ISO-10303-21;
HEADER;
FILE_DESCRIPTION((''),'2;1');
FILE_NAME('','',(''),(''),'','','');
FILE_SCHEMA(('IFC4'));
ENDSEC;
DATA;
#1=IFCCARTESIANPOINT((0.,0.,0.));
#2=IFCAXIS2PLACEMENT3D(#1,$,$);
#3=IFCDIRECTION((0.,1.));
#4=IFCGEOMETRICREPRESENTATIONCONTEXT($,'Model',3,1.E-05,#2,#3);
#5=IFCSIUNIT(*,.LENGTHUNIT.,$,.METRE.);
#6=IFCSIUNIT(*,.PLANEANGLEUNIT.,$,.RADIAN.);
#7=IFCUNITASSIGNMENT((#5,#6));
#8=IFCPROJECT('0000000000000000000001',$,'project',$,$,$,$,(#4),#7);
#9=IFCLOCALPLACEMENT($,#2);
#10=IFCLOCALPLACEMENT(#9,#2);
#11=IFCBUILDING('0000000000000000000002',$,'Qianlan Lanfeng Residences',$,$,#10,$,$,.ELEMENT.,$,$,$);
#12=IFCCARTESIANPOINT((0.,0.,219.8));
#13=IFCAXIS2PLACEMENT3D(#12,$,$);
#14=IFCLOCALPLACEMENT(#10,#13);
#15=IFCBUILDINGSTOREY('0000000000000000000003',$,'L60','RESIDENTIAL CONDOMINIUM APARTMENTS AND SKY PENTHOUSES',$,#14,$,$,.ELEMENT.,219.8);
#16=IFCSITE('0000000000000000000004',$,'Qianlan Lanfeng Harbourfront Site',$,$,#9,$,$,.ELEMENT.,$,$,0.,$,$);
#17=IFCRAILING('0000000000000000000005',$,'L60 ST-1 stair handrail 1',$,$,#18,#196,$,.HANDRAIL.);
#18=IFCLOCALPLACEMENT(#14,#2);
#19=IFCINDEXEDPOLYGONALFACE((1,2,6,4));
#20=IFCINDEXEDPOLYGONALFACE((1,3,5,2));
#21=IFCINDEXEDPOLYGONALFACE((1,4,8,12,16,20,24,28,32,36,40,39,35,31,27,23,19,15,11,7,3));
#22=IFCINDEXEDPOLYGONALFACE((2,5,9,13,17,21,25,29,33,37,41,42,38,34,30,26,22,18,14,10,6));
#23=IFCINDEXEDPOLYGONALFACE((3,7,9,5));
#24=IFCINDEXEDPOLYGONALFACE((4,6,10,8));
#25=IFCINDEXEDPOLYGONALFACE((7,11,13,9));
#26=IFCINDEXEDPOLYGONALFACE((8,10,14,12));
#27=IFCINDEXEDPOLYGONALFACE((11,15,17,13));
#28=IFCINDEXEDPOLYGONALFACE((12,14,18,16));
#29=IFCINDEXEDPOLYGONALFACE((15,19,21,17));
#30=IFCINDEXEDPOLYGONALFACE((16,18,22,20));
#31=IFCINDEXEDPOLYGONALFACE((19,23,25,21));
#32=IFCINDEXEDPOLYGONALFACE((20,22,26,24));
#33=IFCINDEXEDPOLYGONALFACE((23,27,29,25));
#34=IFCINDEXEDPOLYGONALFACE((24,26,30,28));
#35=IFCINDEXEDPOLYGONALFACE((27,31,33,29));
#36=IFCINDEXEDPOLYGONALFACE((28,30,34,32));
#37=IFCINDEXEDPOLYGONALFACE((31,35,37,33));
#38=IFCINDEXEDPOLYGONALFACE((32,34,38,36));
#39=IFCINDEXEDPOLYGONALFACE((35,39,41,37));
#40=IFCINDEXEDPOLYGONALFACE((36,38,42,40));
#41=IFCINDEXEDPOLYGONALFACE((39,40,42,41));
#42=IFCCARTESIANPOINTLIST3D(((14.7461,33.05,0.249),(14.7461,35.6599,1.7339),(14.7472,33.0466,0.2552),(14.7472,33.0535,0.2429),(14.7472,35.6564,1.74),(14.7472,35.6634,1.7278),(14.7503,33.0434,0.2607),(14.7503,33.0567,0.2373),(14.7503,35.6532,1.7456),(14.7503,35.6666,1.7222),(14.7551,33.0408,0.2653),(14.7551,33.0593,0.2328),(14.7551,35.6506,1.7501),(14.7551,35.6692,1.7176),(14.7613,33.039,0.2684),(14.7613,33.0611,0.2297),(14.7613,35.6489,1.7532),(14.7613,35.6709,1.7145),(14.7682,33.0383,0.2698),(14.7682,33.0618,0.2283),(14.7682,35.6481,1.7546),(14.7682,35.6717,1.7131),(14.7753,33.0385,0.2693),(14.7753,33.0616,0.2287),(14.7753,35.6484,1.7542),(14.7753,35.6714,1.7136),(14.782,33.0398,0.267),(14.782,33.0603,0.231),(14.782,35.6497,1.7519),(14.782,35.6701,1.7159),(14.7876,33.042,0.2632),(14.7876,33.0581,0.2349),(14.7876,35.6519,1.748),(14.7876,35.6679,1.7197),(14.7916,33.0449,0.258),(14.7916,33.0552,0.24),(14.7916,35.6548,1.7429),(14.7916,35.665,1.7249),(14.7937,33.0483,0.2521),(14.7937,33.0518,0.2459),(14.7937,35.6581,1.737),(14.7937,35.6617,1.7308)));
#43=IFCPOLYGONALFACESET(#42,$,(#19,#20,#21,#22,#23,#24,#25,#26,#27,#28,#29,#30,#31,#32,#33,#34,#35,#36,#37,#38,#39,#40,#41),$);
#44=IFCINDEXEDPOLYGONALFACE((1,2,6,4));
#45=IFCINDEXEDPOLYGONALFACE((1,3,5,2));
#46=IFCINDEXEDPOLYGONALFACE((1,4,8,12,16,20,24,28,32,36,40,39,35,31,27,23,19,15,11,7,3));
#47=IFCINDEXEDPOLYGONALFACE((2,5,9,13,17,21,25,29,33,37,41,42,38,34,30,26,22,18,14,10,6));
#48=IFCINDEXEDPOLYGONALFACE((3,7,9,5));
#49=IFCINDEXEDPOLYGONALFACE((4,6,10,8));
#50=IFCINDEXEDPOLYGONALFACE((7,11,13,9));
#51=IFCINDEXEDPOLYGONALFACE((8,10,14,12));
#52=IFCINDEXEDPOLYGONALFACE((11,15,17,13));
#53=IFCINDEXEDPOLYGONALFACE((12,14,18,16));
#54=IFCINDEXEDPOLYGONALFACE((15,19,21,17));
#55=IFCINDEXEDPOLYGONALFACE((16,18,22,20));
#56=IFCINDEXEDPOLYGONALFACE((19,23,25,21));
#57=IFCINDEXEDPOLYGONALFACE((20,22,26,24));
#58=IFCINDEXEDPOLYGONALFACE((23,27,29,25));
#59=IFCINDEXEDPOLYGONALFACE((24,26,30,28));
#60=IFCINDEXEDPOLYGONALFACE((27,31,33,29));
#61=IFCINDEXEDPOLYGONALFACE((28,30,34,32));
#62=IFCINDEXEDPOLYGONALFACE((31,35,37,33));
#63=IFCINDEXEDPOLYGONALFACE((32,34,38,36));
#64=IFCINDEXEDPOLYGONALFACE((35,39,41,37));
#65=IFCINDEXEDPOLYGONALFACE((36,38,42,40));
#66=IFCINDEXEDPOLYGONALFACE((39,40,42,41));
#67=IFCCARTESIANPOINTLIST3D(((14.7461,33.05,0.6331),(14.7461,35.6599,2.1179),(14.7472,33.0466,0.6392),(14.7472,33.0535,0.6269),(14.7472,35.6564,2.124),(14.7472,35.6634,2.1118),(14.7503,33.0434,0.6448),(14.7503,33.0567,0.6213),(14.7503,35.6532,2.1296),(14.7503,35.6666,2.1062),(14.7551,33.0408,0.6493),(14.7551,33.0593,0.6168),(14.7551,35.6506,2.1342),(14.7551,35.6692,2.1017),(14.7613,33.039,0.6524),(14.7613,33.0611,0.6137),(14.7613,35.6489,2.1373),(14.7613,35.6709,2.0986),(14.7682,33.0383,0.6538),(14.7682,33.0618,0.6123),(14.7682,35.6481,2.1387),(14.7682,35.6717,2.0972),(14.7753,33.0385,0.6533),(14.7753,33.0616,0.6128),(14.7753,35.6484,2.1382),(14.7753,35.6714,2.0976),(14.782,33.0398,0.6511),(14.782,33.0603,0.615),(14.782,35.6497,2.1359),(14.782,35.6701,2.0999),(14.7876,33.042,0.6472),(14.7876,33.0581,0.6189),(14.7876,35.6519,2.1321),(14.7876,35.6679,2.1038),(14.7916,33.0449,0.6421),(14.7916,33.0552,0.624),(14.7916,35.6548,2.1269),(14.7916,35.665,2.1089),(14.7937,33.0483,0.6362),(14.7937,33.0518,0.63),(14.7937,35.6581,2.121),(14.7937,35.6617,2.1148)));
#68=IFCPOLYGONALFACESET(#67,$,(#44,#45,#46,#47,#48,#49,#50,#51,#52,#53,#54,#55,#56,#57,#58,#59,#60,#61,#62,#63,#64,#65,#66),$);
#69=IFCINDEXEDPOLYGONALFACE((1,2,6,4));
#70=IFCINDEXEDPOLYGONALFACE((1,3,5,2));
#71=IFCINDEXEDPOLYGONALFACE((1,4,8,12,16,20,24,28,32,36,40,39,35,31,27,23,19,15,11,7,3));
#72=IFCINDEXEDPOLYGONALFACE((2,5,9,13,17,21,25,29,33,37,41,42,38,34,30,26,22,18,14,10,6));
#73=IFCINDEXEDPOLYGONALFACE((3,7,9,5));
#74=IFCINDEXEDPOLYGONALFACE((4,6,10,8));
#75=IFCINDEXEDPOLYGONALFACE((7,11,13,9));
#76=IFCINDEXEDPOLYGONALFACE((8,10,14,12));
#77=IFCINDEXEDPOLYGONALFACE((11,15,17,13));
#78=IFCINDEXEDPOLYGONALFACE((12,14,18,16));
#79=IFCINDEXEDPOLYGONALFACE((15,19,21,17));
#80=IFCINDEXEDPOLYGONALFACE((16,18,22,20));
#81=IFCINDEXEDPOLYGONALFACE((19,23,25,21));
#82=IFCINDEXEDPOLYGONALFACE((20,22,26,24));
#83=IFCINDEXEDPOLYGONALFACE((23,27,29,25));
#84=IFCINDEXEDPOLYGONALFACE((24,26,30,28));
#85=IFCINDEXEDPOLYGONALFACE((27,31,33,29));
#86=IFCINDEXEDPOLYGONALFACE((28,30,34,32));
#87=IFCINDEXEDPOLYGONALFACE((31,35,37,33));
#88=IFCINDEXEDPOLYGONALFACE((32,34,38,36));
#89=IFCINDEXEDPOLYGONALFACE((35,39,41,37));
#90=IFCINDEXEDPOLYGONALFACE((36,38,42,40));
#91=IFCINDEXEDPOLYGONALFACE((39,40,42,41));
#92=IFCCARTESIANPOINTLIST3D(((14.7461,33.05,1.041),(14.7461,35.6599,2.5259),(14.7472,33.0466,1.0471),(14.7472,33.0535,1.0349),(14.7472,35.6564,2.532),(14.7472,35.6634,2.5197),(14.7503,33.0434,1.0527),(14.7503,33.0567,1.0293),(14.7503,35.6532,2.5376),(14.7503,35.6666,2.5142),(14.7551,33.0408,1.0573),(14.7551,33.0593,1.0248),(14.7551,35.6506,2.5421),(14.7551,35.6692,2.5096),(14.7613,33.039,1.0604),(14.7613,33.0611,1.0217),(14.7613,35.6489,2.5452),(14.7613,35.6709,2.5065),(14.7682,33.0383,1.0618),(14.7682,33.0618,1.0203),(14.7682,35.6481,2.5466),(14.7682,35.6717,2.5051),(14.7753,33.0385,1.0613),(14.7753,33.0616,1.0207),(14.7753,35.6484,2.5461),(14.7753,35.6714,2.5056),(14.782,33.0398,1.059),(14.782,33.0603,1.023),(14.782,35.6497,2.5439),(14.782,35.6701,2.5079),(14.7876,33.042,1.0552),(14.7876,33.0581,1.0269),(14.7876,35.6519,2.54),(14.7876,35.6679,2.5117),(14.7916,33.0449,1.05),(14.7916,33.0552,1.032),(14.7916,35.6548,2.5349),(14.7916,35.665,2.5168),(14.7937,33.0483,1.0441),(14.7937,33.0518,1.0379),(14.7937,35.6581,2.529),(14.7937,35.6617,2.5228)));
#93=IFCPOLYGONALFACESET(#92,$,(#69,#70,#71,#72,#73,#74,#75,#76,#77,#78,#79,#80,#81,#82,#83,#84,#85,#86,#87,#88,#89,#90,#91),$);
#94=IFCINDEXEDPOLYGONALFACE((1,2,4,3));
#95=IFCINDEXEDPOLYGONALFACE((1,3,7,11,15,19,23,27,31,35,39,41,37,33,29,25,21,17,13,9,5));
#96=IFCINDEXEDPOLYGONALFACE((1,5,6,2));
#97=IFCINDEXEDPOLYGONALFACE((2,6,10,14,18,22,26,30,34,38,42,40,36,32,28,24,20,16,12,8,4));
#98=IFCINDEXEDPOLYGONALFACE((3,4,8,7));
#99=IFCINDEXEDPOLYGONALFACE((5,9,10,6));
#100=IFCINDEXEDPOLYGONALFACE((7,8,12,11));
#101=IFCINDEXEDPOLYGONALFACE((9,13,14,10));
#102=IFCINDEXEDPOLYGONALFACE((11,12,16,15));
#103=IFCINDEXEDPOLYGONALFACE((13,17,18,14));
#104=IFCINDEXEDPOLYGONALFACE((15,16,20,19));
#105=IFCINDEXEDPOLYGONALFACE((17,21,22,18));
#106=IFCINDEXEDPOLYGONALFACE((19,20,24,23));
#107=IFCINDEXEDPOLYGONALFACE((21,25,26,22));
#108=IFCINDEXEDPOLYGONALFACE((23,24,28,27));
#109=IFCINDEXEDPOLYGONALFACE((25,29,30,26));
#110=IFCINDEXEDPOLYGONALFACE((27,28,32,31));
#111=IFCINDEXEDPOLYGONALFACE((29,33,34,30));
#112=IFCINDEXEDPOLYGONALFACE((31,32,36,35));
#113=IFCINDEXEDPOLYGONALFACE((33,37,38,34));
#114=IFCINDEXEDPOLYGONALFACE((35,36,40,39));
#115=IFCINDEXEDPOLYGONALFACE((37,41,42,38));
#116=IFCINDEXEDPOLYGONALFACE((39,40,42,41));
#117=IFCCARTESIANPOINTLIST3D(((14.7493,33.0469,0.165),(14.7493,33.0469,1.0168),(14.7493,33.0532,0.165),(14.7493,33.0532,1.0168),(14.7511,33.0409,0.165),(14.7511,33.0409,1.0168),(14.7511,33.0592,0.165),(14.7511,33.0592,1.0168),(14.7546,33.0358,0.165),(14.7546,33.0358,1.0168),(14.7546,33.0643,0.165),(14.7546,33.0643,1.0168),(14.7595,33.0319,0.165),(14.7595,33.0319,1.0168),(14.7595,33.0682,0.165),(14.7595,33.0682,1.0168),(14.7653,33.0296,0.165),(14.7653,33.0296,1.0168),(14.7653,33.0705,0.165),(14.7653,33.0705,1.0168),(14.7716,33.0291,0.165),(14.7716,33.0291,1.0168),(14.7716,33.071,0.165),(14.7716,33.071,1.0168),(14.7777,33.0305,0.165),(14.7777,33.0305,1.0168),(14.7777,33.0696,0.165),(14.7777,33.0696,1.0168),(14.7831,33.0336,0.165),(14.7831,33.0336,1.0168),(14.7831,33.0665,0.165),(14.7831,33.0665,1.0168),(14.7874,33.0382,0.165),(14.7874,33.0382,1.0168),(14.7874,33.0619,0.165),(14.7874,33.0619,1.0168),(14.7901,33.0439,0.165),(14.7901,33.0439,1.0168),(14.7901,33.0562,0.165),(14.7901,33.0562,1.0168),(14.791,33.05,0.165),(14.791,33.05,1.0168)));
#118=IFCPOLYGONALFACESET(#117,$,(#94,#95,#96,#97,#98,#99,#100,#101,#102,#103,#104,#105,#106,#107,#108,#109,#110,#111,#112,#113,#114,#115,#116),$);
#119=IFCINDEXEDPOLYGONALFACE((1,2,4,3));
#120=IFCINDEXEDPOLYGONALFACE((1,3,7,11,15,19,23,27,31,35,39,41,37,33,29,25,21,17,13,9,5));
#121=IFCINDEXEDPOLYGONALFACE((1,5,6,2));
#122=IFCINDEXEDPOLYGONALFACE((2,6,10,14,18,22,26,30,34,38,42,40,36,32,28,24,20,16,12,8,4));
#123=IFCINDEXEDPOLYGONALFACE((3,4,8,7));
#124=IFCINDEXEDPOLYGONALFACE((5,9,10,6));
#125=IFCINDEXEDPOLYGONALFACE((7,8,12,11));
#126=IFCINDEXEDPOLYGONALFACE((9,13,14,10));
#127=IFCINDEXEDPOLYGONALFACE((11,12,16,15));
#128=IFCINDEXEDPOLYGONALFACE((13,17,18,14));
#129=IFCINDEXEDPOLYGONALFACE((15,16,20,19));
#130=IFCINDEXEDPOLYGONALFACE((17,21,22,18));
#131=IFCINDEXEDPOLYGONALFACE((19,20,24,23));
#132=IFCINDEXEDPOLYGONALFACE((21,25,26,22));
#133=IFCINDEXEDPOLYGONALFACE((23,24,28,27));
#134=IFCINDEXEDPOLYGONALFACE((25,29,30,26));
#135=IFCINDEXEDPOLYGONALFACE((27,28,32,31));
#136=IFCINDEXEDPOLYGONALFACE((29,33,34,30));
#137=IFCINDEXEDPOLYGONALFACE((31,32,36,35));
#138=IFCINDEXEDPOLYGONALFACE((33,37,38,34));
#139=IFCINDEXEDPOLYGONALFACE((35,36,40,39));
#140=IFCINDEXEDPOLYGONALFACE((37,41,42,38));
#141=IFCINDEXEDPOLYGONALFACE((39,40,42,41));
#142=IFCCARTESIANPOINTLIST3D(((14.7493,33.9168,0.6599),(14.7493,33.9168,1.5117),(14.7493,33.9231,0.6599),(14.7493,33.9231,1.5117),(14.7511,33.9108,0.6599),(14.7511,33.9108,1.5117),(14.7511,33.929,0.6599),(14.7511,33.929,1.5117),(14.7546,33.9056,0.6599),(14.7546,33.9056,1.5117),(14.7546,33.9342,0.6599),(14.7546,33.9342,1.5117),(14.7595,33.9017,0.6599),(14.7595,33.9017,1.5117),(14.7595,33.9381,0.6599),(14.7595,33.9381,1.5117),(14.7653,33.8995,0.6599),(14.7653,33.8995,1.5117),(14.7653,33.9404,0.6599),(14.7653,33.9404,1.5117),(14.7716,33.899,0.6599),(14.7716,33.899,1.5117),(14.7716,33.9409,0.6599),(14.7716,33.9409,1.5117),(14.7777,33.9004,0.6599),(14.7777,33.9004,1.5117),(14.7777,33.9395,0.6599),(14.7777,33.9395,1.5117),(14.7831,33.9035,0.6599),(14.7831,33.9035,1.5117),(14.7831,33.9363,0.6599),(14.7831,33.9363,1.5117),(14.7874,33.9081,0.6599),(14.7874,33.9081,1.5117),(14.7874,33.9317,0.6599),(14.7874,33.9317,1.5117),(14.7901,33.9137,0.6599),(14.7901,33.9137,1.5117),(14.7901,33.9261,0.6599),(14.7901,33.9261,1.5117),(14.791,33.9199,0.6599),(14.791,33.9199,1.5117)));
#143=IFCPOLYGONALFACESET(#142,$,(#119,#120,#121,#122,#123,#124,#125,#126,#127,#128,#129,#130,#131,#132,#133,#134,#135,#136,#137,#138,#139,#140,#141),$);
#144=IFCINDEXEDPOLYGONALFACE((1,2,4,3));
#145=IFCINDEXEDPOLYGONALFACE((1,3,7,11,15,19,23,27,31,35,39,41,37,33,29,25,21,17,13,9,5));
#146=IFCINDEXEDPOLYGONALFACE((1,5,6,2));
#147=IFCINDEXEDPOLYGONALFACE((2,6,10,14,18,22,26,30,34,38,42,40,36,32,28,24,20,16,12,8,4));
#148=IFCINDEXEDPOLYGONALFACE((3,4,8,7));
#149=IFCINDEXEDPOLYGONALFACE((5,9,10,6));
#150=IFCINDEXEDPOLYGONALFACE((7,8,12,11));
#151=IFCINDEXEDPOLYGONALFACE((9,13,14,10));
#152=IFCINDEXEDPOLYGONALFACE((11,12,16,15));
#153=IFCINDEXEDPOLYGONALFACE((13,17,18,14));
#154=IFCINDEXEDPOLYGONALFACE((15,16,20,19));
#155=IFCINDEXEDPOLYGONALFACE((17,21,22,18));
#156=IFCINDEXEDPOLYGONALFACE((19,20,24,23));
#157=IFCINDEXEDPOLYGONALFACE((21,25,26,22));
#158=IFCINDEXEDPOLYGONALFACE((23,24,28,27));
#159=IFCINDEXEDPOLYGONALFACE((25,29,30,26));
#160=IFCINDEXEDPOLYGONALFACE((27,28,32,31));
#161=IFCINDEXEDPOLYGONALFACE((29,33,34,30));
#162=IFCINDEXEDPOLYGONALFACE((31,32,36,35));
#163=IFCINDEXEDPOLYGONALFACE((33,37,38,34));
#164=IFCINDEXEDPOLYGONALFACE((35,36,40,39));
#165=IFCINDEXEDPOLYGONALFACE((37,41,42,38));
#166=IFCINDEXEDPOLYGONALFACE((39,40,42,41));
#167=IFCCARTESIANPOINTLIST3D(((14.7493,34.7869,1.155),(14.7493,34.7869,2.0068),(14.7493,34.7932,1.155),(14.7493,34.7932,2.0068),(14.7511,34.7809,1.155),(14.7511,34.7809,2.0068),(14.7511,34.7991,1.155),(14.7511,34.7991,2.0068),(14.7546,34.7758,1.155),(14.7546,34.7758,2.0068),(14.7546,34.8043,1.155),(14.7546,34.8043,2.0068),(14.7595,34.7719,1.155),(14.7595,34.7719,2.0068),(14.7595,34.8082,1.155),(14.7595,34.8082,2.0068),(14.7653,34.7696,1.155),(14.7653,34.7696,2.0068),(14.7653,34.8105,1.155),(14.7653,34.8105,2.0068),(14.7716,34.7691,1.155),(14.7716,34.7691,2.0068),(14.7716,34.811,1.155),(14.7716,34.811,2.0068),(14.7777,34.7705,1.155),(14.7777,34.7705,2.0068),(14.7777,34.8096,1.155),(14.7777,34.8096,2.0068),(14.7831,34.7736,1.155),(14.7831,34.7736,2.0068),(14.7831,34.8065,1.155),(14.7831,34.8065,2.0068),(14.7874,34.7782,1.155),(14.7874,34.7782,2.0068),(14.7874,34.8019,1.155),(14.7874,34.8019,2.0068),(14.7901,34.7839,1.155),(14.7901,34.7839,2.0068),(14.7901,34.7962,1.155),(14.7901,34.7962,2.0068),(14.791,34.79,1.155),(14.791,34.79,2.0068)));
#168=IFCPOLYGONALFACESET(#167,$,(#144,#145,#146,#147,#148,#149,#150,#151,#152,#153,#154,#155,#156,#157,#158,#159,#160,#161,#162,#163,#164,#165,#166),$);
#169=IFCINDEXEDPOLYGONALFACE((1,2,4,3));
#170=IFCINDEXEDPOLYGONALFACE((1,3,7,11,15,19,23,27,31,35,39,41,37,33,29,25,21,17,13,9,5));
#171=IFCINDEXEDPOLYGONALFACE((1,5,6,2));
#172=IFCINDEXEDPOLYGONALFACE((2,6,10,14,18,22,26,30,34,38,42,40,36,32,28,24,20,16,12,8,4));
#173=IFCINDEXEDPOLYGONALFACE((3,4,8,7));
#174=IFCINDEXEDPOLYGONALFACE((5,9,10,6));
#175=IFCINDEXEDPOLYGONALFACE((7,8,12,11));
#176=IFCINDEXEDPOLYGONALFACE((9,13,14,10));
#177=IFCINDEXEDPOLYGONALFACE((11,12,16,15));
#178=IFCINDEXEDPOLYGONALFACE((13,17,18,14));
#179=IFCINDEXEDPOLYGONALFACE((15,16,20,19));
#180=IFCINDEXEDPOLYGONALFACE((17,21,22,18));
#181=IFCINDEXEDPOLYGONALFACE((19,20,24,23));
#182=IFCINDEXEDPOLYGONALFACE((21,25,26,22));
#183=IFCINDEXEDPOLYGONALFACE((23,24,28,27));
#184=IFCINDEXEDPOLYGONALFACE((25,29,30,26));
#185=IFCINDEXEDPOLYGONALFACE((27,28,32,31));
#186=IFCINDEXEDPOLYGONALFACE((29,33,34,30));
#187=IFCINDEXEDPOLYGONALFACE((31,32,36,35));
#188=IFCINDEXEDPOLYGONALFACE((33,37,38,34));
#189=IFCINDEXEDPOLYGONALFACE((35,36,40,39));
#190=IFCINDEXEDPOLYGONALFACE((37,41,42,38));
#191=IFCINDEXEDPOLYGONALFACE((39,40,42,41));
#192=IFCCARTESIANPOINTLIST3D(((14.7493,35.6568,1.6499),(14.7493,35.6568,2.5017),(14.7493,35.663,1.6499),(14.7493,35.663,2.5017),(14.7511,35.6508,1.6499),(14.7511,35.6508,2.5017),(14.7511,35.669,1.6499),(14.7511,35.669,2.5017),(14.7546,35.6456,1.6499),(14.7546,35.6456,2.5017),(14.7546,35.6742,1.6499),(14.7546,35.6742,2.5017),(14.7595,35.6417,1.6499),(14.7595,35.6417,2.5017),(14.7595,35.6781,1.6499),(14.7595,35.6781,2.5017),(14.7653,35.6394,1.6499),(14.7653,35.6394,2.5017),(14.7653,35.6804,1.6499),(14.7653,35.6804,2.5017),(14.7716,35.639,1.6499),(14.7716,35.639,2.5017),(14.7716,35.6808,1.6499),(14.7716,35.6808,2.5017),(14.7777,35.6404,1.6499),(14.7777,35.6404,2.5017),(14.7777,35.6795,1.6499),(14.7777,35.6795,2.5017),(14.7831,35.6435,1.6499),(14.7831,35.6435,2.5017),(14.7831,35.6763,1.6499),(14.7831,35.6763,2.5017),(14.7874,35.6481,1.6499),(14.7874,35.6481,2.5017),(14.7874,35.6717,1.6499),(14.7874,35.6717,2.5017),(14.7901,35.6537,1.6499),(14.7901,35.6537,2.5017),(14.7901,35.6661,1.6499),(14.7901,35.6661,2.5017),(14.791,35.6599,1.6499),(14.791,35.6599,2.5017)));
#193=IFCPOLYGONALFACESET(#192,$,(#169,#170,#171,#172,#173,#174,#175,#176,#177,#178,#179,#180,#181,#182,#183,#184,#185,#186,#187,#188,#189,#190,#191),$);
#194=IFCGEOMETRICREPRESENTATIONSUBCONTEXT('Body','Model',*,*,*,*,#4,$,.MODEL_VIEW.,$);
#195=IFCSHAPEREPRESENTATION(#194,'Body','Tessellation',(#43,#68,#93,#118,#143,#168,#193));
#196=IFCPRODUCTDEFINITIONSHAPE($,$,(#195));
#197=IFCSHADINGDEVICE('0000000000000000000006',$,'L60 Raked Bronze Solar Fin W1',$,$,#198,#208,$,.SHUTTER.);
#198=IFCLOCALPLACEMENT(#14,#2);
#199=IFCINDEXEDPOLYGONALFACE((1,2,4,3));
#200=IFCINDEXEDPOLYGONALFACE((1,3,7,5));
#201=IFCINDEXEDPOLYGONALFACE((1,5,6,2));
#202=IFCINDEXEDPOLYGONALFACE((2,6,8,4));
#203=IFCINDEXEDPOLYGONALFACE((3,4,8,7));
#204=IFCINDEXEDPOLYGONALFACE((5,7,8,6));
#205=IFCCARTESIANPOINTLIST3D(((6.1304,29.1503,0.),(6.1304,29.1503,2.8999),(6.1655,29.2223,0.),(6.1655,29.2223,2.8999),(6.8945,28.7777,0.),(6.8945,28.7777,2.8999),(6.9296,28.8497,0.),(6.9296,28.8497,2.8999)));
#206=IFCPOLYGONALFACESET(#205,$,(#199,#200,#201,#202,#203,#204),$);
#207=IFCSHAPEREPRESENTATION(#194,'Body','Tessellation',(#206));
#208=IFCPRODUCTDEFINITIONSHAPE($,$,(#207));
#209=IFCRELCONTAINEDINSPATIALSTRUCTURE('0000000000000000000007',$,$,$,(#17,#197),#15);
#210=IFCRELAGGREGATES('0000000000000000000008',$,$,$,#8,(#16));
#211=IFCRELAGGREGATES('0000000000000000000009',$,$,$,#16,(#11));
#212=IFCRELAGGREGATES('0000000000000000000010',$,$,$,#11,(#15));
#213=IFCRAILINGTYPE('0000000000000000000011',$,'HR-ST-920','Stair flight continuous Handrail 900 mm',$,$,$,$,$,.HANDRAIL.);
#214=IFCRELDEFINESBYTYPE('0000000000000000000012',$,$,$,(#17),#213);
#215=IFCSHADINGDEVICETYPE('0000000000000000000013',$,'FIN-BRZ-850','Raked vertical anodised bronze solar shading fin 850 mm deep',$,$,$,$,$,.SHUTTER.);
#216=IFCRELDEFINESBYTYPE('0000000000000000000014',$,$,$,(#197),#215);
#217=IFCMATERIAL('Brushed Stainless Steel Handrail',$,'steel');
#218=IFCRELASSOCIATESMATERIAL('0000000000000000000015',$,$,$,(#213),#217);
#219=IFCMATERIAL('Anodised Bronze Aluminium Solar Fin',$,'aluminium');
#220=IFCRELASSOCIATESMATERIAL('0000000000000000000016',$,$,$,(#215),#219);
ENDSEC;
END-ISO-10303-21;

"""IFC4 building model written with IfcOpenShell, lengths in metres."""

from ifc_helpers import new_model, si_unit, direction, frame, origin, origin_2d, place, context, subcontext, project, spatial, rectangle, circle, extrude, source, transform, mapped, material, type_object, element, save


model = new_model("IFC4")

# Units and contexts
model_context = context("Model", 3, precision=1e-05, world=origin(), true_north=direction((0.0, 1.0)))
body_context = subcontext(model_context, "Body", "Model", "MODEL_VIEW")
ifc_project = project(units=[si_unit("LENGTHUNIT", "METRE"), si_unit("PLANEANGLEUNIT", "RADIAN")], contexts=[model_context])

# Site, building, storey
site_placement = place(None, origin())
site = spatial("IfcSite", under=ifc_project, at=site_placement, Name="Qianlan Lanfeng Harbourfront Site", CompositionType="ELEMENT", RefElevation=0.0)
building_placement = place(site_placement, origin())
building = spatial("IfcBuilding", under=site, at=building_placement, Name="Qianlan Lanfeng Residences", CompositionType="ELEMENT")
storey_placement = place(building_placement, frame((0.0, 0.0, 219.8)))
storey = spatial("IfcBuildingStorey", under=building, at=storey_placement, Name="L60", Description="RESIDENTIAL CONDOMINIUM APARTMENTS AND SKY PENTHOUSES", CompositionType="ELEMENT", Elevation=219.8)

# Railing
ifc_material_1 = material(Name="Brushed Stainless Steel Handrail", Category="steel")
railing_type_1 = type_object("IfcRailingType", Name="HR-ST-920", Description="Stair flight continuous Handrail 900 mm", PredefinedType="HANDRAIL", material=ifc_material_1)
railing_1_placement = place(storey_placement, frame((14.77, 33.05, 0.165)))
element("IfcRailing", 1, at=railing_1_placement, inside=storey, type_object=railing_type_1, Name="L60 ST-1 stair handrail 1", PredefinedType="HANDRAIL", context=body_context, shape_type="SweptSolid", body=[
    extrude(circle(Radius=0.0239, at=origin_2d()), frame((0.0, 0.0, 0.084), z_axis=(0.0, 0.869172, 0.494509), x_axis=(-1.0, 0.0, 0.0)), (0.0, 0.0, 1.0), 3.0027),
    extrude(circle(Radius=0.0239, at=origin_2d()), frame((0.0, 0.0, 0.468), z_axis=(0.0, 0.869172, 0.494509), x_axis=(-1.0, 0.0, 0.0)), (0.0, 0.0, 1.0), 3.0027),
    extrude(circle(Radius=0.0239, at=origin_2d()), frame((0.0, 0.0, 0.876), z_axis=(0.0, 0.869172, 0.494509), x_axis=(-1.0, 0.0, 0.0)), (0.0, 0.0, 1.0), 3.0027),
    extrude(circle(Radius=0.021, at=origin_2d()), origin(), (0.0, 0.0, 1.0), 0.8518),
    extrude(circle(Radius=0.021, at=origin_2d()), frame((0.0, 0.8699, 0.4949)), (0.0, 0.0, 1.0), 0.8518),
    extrude(circle(Radius=0.021, at=origin_2d()), frame((0.0, 1.74, 0.99)), (0.0, 0.0, 1.0), 0.8518),
    extrude(circle(Radius=0.021, at=origin_2d()), frame((0.0, 2.6099, 1.4849)), (0.0, 0.0, 1.0), 0.8518),
])

# Shading device
ifc_material_2 = material(Name="Anodised Bronze Aluminium Solar Fin", Category="aluminium")
shading_device_type = type_object("IfcShadingDeviceType", Name="FIN-BRZ-850", Description="Raked vertical anodised bronze solar shading fin 850 mm deep", PredefinedType="SHUTTER", material=ifc_material_2)
shared_shape_1 = source(origin(), body_context, "Body", "SweptSolid", [
    extrude(rectangle(XDim=0.8501, YDim=0.0801, at=origin_2d()), origin(), (0.0, 0.0, 1.0), 2.8999),
])
for number, where, z_axis, x_axis, name in (
    (2, (6.53, 29.0, 0.0), (0.0, 0.0, 1.0), (0.898794, -0.438371, 0.0), "L60 Raked Bronze Solar Fin W1"),
):
    element("IfcShadingDevice", number, at=place(storey_placement, frame(where, z_axis=z_axis, x_axis=x_axis)), inside=storey, type_object=shading_device_type, Name=name, PredefinedType="SHUTTER", context=body_context, shape_type="MappedRepresentation", body=[
        mapped(shared_shape_1, transform((0.0, 0.0, 0.0), scale=1.0)),
    ])

save(model, "model.ifc")
